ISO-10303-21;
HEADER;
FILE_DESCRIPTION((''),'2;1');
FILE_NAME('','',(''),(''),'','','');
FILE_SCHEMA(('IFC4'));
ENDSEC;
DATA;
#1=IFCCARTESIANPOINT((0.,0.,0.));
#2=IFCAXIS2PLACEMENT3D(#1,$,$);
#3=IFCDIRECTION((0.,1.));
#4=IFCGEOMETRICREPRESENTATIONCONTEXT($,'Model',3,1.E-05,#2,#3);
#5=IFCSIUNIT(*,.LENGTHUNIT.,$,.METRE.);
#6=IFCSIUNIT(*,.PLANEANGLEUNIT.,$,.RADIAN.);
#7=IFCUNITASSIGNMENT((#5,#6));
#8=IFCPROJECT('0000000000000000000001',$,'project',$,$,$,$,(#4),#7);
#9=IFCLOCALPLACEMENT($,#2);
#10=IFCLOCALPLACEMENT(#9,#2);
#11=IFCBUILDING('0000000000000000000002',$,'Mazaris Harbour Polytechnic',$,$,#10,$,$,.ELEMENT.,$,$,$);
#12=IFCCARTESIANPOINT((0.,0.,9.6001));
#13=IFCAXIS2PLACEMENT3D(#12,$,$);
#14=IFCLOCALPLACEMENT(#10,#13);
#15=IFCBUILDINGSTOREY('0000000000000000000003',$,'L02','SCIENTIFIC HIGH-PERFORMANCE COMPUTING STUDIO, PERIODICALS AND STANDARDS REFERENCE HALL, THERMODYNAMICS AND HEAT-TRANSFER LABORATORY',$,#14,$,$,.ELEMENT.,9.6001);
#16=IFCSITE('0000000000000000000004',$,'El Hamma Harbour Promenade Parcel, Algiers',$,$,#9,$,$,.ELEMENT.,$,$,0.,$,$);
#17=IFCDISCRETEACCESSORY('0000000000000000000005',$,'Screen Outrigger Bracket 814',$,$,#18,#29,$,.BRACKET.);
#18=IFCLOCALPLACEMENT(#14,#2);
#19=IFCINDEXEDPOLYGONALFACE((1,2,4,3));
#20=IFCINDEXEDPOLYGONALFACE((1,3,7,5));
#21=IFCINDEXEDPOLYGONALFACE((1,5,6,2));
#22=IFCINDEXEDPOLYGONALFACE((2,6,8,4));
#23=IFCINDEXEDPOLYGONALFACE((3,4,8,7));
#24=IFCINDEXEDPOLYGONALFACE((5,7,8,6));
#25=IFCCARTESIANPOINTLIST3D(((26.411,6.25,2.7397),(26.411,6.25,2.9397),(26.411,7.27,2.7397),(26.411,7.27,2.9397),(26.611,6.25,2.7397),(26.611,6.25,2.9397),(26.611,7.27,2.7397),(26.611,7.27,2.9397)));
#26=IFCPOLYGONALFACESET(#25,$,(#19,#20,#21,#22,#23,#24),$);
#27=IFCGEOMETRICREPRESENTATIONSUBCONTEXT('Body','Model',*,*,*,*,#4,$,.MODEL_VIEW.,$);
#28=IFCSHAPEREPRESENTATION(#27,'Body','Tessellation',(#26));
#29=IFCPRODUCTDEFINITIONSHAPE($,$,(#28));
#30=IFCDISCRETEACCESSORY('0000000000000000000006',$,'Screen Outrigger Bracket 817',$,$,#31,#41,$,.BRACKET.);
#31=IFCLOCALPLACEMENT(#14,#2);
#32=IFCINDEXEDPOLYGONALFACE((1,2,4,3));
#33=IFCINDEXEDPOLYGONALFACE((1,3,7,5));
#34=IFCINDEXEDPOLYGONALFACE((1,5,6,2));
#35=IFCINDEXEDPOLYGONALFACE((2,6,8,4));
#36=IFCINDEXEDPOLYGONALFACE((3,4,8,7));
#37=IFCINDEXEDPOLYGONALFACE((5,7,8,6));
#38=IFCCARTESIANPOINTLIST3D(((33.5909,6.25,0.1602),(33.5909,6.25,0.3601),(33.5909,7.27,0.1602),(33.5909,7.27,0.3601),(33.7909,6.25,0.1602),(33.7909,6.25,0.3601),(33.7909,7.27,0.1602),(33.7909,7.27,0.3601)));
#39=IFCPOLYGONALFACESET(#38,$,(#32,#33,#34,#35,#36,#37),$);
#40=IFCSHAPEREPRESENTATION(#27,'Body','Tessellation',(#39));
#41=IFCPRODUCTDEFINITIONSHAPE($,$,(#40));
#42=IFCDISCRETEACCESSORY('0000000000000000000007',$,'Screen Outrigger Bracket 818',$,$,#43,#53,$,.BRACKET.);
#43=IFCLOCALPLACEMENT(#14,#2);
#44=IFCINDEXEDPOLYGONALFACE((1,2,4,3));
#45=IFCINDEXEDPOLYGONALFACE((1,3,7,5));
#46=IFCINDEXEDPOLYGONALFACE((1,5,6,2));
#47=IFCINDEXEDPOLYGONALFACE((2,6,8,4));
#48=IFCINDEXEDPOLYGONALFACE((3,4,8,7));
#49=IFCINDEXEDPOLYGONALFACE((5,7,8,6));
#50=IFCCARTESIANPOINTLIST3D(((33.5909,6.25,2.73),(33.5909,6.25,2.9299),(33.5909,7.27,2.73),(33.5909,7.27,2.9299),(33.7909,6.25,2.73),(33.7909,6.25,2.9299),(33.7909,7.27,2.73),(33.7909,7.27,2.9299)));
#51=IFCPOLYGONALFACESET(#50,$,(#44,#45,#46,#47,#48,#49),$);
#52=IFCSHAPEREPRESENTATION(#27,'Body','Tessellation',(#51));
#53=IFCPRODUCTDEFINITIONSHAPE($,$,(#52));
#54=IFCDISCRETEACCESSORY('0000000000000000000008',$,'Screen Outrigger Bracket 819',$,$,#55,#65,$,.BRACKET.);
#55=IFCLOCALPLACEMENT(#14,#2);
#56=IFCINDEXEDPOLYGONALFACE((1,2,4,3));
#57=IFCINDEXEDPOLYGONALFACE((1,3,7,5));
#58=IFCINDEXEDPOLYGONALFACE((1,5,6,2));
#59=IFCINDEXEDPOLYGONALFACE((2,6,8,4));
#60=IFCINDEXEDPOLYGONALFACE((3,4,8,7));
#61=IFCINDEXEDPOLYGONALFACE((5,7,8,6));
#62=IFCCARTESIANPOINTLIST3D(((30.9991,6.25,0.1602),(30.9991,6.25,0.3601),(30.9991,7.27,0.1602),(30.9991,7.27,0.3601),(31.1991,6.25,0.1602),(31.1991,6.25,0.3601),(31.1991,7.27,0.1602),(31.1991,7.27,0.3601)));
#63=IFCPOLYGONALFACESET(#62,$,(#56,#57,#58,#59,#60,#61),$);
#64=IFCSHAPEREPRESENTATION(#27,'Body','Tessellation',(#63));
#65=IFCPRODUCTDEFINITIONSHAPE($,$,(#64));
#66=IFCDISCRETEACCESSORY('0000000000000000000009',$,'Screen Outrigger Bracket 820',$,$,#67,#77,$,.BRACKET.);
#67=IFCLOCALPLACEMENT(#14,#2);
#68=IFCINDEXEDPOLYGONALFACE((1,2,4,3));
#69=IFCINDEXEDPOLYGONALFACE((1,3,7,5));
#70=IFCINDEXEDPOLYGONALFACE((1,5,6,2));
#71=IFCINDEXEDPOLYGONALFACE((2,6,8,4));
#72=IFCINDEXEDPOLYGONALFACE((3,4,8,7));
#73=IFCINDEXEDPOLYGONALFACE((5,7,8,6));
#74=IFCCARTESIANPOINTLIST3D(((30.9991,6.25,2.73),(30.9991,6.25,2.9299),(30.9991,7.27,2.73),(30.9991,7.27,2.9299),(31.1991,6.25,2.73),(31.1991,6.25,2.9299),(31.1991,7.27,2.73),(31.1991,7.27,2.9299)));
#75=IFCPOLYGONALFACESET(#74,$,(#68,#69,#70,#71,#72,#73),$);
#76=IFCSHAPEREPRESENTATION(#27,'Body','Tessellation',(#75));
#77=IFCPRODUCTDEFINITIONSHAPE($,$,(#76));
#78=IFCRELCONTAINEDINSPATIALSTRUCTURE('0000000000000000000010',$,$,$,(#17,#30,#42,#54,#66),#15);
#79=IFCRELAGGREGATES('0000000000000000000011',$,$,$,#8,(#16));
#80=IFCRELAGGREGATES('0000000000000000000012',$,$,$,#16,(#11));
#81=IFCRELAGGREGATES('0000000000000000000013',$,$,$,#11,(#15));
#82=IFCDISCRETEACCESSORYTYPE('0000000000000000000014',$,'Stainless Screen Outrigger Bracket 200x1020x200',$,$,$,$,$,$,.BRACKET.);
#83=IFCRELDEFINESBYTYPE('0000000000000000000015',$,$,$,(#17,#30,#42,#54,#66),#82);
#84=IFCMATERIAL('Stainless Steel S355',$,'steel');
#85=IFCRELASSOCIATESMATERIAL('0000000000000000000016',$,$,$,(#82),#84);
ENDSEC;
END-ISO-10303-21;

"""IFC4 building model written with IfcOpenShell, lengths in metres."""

from ifc_helpers import new_model, si_unit, direction, frame, origin, origin_2d, place, context, subcontext, project, spatial, rectangle, extrude, material, type_object, element, save


model = new_model("IFC4")

# Units and contexts
model_context = context("Model", 3, precision=1e-05, world=origin(), true_north=direction((0.0, 1.0)))
body_context = subcontext(model_context, "Body", "Model", "MODEL_VIEW")
ifc_project = project(units=[si_unit("LENGTHUNIT", "METRE"), si_unit("PLANEANGLEUNIT", "RADIAN")], contexts=[model_context])

# Site, building, storey
site_placement = place(None, origin())
site = spatial("IfcSite", under=ifc_project, at=site_placement, Name="El Hamma Harbour Promenade Parcel, Algiers", CompositionType="ELEMENT", RefElevation=0.0)
building_placement = place(site_placement, origin())
building = spatial("IfcBuilding", under=site, at=building_placement, Name="Mazaris Harbour Polytechnic", CompositionType="ELEMENT")
storey_placement = place(building_placement, frame((0.0, 0.0, 9.6001)))
storey = spatial("IfcBuildingStorey", under=building, at=storey_placement, Name="L02", Description="SCIENTIFIC HIGH-PERFORMANCE COMPUTING STUDIO, PERIODICALS AND STANDARDS REFERENCE HALL, THERMODYNAMICS AND HEAT-TRANSFER LABORATORY", CompositionType="ELEMENT", Elevation=9.6001)

# Discrete accessories
ifc_material_1 = material(Name="Stainless Steel S355", Category="steel")
discrete_accessory_type = type_object("IfcDiscreteAccessoryType", Name="Stainless Screen Outrigger Bracket 200x1020x200", PredefinedType="BRACKET", material=ifc_material_1)
for number, where, z_axis, x_axis, name in (
    (1, (26.511, 6.76, 2.7397), (0.0, 0.0, 1.0), (-1.0, 0.0, 0.0), "Screen Outrigger Bracket 814"),
    (2, (33.6909, 6.76, 0.1602), (0.0, 0.0, 1.0), (-1.0, 0.0, 0.0), "Screen Outrigger Bracket 817"),
    (3, (33.6909, 6.76, 2.73), (0.0, 0.0, 1.0), (-1.0, 0.0, 0.0), "Screen Outrigger Bracket 818"),
    (4, (31.0991, 6.76, 0.1602), (0.0, 0.0, 1.0), (-1.0, 0.0, 0.0), "Screen Outrigger Bracket 819"),
    (5, (31.0991, 6.76, 2.73), (0.0, 0.0, 1.0), (-1.0, 0.0, 0.0), "Screen Outrigger Bracket 820"),
):
    element("IfcDiscreteAccessory", number, at=place(storey_placement, frame(where, z_axis=z_axis, x_axis=x_axis)), inside=storey, type_object=discrete_accessory_type, Name=name, PredefinedType="BRACKET", context=body_context, shape_type="SweptSolid", body=[
        extrude(rectangle(XDim=0.2, YDim=1.02, at=origin_2d()), origin(), (0.0, 0.0, 1.0), 0.2),
    ])

save(model, "model.ifc")
